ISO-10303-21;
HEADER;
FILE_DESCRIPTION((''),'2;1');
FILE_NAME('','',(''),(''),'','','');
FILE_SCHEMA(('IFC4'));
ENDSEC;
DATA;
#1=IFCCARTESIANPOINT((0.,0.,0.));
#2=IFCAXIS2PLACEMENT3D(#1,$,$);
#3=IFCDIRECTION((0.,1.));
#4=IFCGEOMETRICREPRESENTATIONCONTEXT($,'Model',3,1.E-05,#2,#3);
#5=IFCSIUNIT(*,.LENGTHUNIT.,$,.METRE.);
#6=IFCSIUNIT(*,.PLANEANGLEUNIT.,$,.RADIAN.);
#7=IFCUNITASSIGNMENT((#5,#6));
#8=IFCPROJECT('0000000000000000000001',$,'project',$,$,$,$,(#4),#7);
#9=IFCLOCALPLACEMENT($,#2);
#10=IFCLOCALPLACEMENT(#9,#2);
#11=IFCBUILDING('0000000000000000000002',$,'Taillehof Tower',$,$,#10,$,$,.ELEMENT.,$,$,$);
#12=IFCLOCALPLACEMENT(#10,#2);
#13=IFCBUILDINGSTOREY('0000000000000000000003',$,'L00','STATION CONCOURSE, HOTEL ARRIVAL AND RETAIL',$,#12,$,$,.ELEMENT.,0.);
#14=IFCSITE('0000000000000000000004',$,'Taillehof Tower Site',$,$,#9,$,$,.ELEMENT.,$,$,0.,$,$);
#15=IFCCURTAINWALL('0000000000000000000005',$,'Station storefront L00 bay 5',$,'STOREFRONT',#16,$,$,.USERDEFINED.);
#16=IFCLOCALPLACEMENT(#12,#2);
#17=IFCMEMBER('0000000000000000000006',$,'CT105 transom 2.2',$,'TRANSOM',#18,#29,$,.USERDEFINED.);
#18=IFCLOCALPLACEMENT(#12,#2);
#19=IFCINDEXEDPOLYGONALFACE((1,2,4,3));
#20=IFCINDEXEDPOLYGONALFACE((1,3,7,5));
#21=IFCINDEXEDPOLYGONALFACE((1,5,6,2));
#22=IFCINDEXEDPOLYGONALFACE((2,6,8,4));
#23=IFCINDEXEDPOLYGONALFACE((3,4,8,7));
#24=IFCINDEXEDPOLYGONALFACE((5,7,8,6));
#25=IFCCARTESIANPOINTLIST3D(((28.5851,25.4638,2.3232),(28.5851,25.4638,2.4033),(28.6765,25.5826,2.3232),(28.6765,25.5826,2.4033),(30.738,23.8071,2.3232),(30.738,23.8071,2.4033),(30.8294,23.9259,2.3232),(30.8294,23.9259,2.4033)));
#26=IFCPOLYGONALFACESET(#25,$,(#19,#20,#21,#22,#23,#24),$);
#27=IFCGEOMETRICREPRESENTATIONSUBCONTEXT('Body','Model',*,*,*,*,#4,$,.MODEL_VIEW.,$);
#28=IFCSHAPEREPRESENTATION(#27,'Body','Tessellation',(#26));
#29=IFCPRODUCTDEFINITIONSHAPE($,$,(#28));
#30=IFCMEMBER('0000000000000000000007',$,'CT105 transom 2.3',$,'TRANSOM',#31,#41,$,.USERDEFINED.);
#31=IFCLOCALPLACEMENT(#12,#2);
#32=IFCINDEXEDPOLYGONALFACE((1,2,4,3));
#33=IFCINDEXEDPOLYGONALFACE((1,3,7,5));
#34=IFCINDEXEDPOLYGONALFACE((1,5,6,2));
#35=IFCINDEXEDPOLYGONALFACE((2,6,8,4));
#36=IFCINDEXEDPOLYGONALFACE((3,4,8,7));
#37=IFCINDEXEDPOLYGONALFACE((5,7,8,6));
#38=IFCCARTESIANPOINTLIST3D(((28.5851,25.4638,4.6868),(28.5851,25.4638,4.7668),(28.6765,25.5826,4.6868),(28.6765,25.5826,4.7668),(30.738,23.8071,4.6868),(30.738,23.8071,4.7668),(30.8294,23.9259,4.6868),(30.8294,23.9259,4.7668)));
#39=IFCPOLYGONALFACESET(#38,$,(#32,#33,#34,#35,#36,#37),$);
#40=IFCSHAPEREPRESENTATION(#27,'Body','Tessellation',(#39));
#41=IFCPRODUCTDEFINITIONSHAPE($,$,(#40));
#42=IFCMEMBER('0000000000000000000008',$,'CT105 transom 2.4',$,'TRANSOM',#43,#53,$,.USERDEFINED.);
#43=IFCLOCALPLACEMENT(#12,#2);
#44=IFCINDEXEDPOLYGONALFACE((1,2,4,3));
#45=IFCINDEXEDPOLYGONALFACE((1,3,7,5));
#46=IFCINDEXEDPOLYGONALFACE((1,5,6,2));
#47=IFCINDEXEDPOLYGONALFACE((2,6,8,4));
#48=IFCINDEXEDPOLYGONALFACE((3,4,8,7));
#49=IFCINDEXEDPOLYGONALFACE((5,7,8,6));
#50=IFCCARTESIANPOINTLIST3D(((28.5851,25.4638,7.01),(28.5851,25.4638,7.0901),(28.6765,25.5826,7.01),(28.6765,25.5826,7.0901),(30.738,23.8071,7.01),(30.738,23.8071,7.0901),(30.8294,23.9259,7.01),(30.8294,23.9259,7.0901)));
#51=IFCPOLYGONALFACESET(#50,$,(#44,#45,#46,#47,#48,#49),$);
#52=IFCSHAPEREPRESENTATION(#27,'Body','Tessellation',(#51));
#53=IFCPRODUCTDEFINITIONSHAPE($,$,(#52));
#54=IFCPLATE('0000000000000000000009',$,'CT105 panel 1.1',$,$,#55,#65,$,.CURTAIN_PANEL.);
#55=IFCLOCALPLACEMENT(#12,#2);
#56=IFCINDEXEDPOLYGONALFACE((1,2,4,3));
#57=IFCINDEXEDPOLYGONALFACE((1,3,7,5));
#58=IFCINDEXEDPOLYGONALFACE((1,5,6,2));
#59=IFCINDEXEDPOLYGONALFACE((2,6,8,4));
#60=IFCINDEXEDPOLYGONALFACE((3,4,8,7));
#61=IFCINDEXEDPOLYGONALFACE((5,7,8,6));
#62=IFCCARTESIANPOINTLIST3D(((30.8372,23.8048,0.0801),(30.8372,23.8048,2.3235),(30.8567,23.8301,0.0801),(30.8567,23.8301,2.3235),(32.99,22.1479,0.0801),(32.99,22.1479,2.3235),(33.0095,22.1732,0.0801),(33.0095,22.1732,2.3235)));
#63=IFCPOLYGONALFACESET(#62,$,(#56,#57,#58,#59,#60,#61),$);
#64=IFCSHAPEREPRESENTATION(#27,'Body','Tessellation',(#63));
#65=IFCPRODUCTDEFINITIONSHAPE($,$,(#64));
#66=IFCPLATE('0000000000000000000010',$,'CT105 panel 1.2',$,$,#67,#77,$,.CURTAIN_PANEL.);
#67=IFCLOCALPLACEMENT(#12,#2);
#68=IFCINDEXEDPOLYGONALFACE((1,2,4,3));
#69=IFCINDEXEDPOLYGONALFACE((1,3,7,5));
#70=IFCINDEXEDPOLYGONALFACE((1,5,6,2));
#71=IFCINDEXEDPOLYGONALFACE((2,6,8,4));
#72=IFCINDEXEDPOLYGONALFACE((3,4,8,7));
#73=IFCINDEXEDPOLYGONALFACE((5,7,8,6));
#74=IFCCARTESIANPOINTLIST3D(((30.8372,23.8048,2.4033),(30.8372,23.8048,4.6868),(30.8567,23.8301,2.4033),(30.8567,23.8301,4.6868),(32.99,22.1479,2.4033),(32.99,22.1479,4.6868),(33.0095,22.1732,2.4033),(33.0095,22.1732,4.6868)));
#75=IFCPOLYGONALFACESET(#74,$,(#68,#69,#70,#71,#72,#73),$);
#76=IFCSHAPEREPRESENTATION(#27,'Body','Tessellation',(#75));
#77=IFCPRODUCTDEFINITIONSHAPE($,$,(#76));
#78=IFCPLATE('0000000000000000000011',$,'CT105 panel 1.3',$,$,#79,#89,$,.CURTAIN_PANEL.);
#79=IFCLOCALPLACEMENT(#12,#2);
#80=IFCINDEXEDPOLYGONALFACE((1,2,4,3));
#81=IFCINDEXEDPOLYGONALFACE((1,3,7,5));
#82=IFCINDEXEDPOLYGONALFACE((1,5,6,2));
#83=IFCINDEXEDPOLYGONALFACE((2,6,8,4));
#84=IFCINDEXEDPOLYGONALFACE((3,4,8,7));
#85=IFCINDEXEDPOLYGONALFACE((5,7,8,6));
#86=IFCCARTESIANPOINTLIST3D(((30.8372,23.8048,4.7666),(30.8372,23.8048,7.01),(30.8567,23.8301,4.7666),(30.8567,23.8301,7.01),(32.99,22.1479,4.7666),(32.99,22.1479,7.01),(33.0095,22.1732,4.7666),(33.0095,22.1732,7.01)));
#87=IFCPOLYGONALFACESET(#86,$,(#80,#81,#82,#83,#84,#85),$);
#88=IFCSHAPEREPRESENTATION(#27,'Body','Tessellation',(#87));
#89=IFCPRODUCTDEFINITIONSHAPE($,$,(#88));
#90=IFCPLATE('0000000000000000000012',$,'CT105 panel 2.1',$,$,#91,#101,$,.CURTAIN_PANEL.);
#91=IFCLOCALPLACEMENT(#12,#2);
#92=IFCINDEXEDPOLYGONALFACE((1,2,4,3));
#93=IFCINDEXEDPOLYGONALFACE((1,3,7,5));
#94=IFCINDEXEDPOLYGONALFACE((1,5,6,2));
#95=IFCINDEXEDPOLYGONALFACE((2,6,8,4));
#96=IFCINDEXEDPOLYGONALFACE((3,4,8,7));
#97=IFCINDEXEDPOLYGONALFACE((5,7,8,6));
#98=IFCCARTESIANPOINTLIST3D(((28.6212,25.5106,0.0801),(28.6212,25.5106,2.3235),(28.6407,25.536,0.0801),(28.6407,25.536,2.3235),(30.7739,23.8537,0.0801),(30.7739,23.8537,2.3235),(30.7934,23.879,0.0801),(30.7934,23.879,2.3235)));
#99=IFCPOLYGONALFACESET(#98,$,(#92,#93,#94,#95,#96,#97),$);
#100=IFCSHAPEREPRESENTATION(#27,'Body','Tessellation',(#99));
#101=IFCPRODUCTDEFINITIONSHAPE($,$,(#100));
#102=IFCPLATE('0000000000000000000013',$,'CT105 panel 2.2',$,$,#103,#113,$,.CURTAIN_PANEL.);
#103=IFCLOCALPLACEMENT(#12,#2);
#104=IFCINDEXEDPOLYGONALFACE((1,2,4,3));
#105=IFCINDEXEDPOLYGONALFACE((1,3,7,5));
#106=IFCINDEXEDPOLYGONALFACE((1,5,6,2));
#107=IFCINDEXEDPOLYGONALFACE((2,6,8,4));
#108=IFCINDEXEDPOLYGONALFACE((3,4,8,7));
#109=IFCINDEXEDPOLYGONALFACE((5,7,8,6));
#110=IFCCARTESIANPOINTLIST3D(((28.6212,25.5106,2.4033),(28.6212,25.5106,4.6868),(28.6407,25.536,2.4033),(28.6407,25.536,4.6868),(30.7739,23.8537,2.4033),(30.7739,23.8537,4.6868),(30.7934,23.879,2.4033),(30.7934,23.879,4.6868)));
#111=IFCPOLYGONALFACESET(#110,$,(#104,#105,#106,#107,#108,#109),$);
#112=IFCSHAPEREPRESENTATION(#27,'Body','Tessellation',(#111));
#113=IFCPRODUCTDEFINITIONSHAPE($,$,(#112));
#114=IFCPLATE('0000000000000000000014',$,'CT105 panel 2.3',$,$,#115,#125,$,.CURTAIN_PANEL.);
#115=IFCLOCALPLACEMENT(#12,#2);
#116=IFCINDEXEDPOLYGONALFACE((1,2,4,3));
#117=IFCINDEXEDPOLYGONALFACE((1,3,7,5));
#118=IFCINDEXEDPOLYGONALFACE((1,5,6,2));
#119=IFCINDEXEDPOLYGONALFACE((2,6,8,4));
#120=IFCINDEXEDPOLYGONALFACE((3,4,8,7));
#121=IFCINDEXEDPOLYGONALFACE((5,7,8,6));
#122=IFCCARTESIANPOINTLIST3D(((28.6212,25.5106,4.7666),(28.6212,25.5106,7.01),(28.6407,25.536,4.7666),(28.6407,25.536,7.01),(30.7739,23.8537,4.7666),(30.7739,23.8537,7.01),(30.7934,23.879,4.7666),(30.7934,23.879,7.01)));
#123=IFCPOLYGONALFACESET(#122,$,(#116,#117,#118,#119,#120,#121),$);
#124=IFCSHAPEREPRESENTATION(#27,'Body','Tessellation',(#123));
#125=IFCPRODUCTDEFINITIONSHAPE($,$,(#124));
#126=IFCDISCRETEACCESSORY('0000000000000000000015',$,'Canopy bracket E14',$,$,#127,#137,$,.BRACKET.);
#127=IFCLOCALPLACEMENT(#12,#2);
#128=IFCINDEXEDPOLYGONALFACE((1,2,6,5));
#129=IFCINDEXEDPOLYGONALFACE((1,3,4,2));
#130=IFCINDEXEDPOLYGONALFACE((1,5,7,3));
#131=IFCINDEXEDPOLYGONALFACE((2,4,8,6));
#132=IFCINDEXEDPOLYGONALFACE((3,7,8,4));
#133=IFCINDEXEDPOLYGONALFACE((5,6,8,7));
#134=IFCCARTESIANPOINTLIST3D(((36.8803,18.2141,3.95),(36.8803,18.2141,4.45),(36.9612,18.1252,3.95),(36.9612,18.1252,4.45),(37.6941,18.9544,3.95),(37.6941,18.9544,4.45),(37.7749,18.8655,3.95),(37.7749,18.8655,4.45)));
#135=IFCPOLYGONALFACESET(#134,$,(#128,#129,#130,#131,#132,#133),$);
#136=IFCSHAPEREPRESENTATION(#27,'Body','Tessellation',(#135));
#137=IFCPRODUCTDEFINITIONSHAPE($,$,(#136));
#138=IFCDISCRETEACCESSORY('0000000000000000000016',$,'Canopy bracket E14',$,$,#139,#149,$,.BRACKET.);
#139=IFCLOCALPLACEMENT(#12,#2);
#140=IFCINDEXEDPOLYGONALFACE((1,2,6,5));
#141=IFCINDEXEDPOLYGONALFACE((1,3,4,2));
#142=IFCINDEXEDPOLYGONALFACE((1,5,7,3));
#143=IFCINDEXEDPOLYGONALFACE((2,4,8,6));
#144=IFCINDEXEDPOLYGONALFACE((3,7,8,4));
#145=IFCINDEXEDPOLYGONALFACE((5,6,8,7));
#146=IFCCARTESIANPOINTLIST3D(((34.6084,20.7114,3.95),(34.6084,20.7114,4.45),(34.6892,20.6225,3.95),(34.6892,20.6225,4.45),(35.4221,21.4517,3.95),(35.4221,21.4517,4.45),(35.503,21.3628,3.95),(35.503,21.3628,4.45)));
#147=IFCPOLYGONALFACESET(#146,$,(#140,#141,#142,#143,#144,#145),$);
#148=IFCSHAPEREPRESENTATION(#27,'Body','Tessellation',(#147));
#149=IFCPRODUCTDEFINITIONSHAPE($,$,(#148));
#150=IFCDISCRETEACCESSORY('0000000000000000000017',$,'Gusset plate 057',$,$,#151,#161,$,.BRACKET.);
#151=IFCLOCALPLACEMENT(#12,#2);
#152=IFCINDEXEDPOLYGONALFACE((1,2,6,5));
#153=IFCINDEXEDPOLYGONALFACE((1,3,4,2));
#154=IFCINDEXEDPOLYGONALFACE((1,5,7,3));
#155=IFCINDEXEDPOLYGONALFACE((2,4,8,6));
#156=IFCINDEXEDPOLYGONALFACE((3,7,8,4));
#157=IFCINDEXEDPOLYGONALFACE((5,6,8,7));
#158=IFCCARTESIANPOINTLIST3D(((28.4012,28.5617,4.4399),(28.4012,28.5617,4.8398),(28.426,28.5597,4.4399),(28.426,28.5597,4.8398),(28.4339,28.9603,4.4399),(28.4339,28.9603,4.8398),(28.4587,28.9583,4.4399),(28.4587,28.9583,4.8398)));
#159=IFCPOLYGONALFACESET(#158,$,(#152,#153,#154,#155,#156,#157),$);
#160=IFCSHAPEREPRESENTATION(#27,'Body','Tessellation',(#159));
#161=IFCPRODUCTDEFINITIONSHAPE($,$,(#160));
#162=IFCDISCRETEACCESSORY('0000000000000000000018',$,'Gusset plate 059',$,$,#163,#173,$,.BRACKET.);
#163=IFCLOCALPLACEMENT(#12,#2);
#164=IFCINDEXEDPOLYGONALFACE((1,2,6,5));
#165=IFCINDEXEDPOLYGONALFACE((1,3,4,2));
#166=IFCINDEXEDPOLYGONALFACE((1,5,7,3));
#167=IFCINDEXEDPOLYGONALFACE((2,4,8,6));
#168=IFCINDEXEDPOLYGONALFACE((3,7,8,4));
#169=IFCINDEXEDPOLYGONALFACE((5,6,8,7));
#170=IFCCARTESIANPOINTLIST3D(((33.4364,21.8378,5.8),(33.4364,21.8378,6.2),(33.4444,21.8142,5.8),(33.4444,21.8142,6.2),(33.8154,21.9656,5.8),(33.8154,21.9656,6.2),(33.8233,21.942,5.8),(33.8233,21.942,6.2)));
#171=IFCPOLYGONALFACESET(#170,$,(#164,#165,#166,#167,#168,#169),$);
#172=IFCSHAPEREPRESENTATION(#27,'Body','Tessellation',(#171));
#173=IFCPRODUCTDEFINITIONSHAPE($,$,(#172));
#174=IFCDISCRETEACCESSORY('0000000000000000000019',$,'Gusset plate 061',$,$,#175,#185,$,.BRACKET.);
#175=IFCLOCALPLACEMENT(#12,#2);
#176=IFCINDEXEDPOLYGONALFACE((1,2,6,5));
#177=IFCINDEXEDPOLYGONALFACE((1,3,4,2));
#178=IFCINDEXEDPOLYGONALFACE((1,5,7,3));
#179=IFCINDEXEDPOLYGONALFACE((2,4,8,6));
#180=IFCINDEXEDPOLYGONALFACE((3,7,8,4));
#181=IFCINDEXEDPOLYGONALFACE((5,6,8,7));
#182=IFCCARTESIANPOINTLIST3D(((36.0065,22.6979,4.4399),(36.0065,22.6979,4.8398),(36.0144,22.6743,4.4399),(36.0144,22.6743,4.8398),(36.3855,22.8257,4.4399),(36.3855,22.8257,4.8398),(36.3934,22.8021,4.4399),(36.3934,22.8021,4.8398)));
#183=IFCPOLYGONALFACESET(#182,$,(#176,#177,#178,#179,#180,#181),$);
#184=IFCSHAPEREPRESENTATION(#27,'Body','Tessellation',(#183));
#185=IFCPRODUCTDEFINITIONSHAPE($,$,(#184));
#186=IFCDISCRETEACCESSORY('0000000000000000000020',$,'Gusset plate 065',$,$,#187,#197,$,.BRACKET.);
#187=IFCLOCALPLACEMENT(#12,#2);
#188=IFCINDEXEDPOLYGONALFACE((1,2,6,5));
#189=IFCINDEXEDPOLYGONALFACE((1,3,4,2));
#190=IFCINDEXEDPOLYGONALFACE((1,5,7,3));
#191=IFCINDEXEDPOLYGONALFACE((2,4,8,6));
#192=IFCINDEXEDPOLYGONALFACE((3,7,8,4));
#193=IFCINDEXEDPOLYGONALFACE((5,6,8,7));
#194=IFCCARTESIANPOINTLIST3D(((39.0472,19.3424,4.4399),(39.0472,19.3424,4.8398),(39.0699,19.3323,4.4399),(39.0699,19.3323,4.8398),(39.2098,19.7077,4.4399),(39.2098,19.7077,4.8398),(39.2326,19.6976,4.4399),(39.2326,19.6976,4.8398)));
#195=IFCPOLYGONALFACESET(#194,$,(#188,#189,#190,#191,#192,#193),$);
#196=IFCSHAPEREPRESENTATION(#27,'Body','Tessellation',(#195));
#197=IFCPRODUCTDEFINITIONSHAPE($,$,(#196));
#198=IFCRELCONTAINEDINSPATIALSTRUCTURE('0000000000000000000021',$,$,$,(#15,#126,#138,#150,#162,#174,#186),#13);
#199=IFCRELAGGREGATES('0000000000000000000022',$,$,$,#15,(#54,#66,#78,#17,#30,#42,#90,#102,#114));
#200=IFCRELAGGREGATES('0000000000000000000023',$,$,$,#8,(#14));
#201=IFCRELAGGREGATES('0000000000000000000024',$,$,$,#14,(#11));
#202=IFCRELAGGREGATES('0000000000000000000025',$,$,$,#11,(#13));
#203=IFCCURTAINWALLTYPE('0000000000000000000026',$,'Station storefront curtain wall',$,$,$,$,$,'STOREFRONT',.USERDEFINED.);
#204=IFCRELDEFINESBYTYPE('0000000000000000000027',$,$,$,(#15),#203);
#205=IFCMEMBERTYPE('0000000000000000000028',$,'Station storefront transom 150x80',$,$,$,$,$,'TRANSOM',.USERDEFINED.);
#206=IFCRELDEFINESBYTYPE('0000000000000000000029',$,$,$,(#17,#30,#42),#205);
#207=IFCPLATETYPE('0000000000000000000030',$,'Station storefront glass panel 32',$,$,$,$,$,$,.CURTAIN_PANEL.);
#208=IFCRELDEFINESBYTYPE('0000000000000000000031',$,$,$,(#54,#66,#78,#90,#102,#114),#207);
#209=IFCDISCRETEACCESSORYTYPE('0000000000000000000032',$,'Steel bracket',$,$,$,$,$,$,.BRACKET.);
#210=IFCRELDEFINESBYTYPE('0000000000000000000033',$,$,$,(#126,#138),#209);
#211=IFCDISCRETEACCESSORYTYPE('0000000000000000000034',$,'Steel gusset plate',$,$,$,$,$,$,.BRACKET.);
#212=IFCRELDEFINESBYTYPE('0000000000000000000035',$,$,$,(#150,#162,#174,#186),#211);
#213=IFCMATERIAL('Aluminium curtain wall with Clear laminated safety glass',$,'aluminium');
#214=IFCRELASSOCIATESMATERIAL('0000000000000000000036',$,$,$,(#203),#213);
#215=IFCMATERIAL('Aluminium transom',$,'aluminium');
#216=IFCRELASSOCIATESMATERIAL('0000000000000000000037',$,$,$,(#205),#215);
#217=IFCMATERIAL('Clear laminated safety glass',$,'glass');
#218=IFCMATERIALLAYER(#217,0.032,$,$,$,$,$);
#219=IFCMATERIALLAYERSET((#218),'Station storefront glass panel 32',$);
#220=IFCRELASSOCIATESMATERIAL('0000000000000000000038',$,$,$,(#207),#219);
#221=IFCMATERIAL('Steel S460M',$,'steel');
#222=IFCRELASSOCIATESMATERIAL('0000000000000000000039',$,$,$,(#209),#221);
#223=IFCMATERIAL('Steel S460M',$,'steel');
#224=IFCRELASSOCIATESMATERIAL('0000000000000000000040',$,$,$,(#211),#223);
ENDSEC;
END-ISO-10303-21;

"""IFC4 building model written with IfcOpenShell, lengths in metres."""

from ifc_helpers import new_model, si_unit, direction, frame, origin, origin_2d, place, context, subcontext, project, spatial, rectangle, extrude, material, layer, layer_set, material_profile, profile_set, type_object, element, aggregate, save


model = new_model("IFC4")

# Units and contexts
model_context = context("Model", 3, precision=1e-05, world=origin(), true_north=direction((0.0, 1.0)))
body_context = subcontext(model_context, "Body", "Model", "MODEL_VIEW")
ifc_project = project(units=[si_unit("LENGTHUNIT", "METRE"), si_unit("PLANEANGLEUNIT", "RADIAN")], contexts=[model_context])

# Site, building, storey
site_placement = place(None, origin())
site = spatial("IfcSite", under=ifc_project, at=site_placement, Name="Taillehof Tower Site", CompositionType="ELEMENT", RefElevation=0.0)
building_placement = place(site_placement, origin())
building = spatial("IfcBuilding", under=site, at=building_placement, Name="Taillehof Tower", CompositionType="ELEMENT")
storey_placement = place(building_placement, origin())
storey = spatial("IfcBuildingStorey", under=building, at=storey_placement, Name="L00", Description="STATION CONCOURSE, HOTEL ARRIVAL AND RETAIL", CompositionType="ELEMENT", Elevation=0.0)

# Curtain wall, members, plates
ifc_material_1 = material(Name="Aluminium curtain wall with Clear laminated safety glass", Category="aluminium")
curtain_wall_type = type_object("IfcCurtainWallType", Name="Station storefront curtain wall", ElementType="STOREFRONT", PredefinedType="USERDEFINED", material=ifc_material_1)
curtain_wall_placement = place(storey_placement, origin())
curtain_wall = element("IfcCurtainWall", 1, at=curtain_wall_placement, inside=storey, type_object=curtain_wall_type, Name="Station storefront L00 bay 5", ObjectType="STOREFRONT", PredefinedType="USERDEFINED")
ifc_material_2 = material(Name="Aluminium transom", Category="aluminium")
ifc_material_profile_1 = material_profile(ifc_material_2, rectangle(XDim=0.1499, YDim=0.0801, at=origin_2d()), Name="AL 150x80")
ifc_profile_set_1 = profile_set([ifc_material_profile_1], Name="Aluminium transom")
member_type_1 = type_object("IfcMemberType", Name="Station storefront transom 150x80", ElementType="TRANSOM", PredefinedType="USERDEFINED", material=ifc_profile_set_1)
member_1_placement = place(storey_placement, frame((30.7837, 23.8665, 2.3633), z_axis=(-0.792497, 0.609876, 0.0), x_axis=(-0.609876, -0.792497, 0.0)))
member_1 = element("IfcMember", 2, at=member_1_placement, type_object=member_type_1, Name="CT105 transom 2.2", ObjectType="TRANSOM", PredefinedType="USERDEFINED", context=body_context, shape_type="SweptSolid", body=[
    extrude(rectangle(XDim=0.1499, YDim=0.0801, at=origin_2d()), origin(), (0.0, 0.0, 1.0), 2.7166),
])
member_2_placement = place(storey_placement, frame((30.7837, 23.8665, 4.7268), z_axis=(-0.792497, 0.609876, 0.0), x_axis=(-0.609876, -0.792497, 0.0)))
member_2 = element("IfcMember", 3, at=member_2_placement, type_object=member_type_1, Name="CT105 transom 2.3", ObjectType="TRANSOM", PredefinedType="USERDEFINED", context=body_context, shape_type="SweptSolid", body=[
    extrude(rectangle(XDim=0.1499, YDim=0.0801, at=origin_2d()), origin(), (0.0, 0.0, 1.0), 2.7166),
])
member_3_placement = place(storey_placement, frame((30.7837, 23.8665, 7.05), z_axis=(-0.792497, 0.609876, 0.0), x_axis=(-0.609876, -0.792497, 0.0)))
member_3 = element("IfcMember", 4, at=member_3_placement, type_object=member_type_1, Name="CT105 transom 2.4", ObjectType="TRANSOM", PredefinedType="USERDEFINED", context=body_context, shape_type="SweptSolid", body=[
    extrude(rectangle(XDim=0.1499, YDim=0.0801, at=origin_2d()), origin(), (0.0, 0.0, 1.0), 2.7166),
])
ifc_material_3 = material(Name="Clear laminated safety glass", Category="glass")
ifc_layer = layer(ifc_material_3, 0.032)
ifc_layer_set = layer_set([ifc_layer], Name="Station storefront glass panel 32")
plate_type = type_object("IfcPlateType", Name="Station storefront glass panel 32", PredefinedType="CURTAIN_PANEL", material=ifc_layer_set)
plate_1_placement = place(storey_placement, frame((31.9233, 22.989, 0.0801), z_axis=(0.0, 0.0, 1.0), x_axis=(-0.792454, 0.609932, 0.0)))
plate_1 = element("IfcPlate", 5, at=plate_1_placement, type_object=plate_type, Name="CT105 panel 1.1", PredefinedType="CURTAIN_PANEL", context=body_context, shape_type="SweptSolid", body=[
    extrude(rectangle(XDim=2.7166, YDim=0.032, at=origin_2d()), origin(), (0.0, 0.0, 1.0), 2.2434),
])
plate_2_placement = place(storey_placement, frame((31.9233, 22.989, 2.4033), z_axis=(0.0, 0.0, 1.0), x_axis=(-0.792454, 0.609932, 0.0)))
plate_2 = element("IfcPlate", 6, at=plate_2_placement, type_object=plate_type, Name="CT105 panel 1.2", PredefinedType="CURTAIN_PANEL", context=body_context, shape_type="SweptSolid", body=[
    extrude(rectangle(XDim=2.7166, YDim=0.032, at=origin_2d()), origin(), (0.0, 0.0, 1.0), 2.2834),
])
plate_3_placement = place(storey_placement, frame((31.9233, 22.989, 4.7666), z_axis=(0.0, 0.0, 1.0), x_axis=(-0.792454, 0.609932, 0.0)))
plate_3 = element("IfcPlate", 7, at=plate_3_placement, type_object=plate_type, Name="CT105 panel 1.3", PredefinedType="CURTAIN_PANEL", context=body_context, shape_type="SweptSolid", body=[
    extrude(rectangle(XDim=2.7166, YDim=0.032, at=origin_2d()), origin(), (0.0, 0.0, 1.0), 2.2434),
])
plate_4_placement = place(storey_placement, frame((29.7073, 24.6948, 0.0801), z_axis=(0.0, 0.0, 1.0), x_axis=(-0.792454, 0.609932, 0.0)))
plate_4 = element("IfcPlate", 8, at=plate_4_placement, type_object=plate_type, Name="CT105 panel 2.1", PredefinedType="CURTAIN_PANEL", context=body_context, shape_type="SweptSolid", body=[
    extrude(rectangle(XDim=2.7166, YDim=0.032, at=origin_2d()), origin(), (0.0, 0.0, 1.0), 2.2434),
])
plate_5_placement = place(storey_placement, frame((29.7073, 24.6948, 2.4033), z_axis=(0.0, 0.0, 1.0), x_axis=(-0.792454, 0.609932, 0.0)))
plate_5 = element("IfcPlate", 9, at=plate_5_placement, type_object=plate_type, Name="CT105 panel 2.2", PredefinedType="CURTAIN_PANEL", context=body_context, shape_type="SweptSolid", body=[
    extrude(rectangle(XDim=2.7166, YDim=0.032, at=origin_2d()), origin(), (0.0, 0.0, 1.0), 2.2834),
])
plate_6_placement = place(storey_placement, frame((29.7073, 24.6948, 4.7666), z_axis=(0.0, 0.0, 1.0), x_axis=(-0.792454, 0.609932, 0.0)))
plate_6 = element("IfcPlate", 10, at=plate_6_placement, type_object=plate_type, Name="CT105 panel 2.3", PredefinedType="CURTAIN_PANEL", context=body_context, shape_type="SweptSolid", body=[
    extrude(rectangle(XDim=2.7166, YDim=0.032, at=origin_2d()), origin(), (0.0, 0.0, 1.0), 2.2434),
])
aggregate(curtain_wall, [plate_1, plate_2, plate_3, member_1, member_2, member_3, plate_4, plate_5, plate_6])

# Discrete accessories
ifc_material_4 = material(Name="Steel S460M", Category="steel")
discrete_accessory_type_1 = type_object("IfcDiscreteAccessoryType", Name="Steel bracket", PredefinedType="BRACKET", material=ifc_material_4)
for number, where, z_axis, x_axis, name in (
    (11, (37.3276, 18.5398, 3.95), (0.0, 0.0, 1.0), (0.739707, 0.672929, 0.0), "Canopy bracket E14"),
    (12, (35.0557, 21.0371, 3.95), (0.0, 0.0, 1.0), (0.739707, 0.672929, 0.0), "Canopy bracket E14"),
):
    element("IfcDiscreteAccessory", number, at=place(storey_placement, frame(where, z_axis=z_axis, x_axis=x_axis)), inside=storey, type_object=discrete_accessory_type_1, Name=name, PredefinedType="BRACKET", context=body_context, shape_type="SweptSolid", body=[
        extrude(rectangle(XDim=1.1001, YDim=0.1201, at=origin_2d()), origin(), (0.0, 0.0, 1.0), 0.5),
    ])
ifc_material_5 = material(Name="Steel S460M", Category="steel")
discrete_accessory_type_2 = type_object("IfcDiscreteAccessoryType", Name="Steel gusset plate", PredefinedType="BRACKET", material=ifc_material_5)
for number, where, z_axis, x_axis, name in (
    (13, (28.4299, 28.76, 4.4399), (0.0, 0.0, 1.0), (-0.081679, -0.996659, 0.0), "Gusset plate 057"),
    (14, (33.6299, 21.8899, 5.8), (0.0, 0.0, 1.0), (-0.947626, -0.319383, 0.0), "Gusset plate 059"),
    (15, (36.2, 22.75, 4.4399), (0.0, 0.0, 1.0), (-0.947626, -0.319383, 0.0), "Gusset plate 061"),
    (16, (39.1399, 19.52, 4.4399), (0.0, 0.0, 1.0), (-0.406759, -0.913536, 0.0), "Gusset plate 065"),
):
    element("IfcDiscreteAccessory", number, at=place(storey_placement, frame(where, z_axis=z_axis, x_axis=x_axis)), inside=storey, type_object=discrete_accessory_type_2, Name=name, PredefinedType="BRACKET", context=body_context, shape_type="SweptSolid", body=[
        extrude(rectangle(XDim=0.3999, YDim=0.0249, at=origin_2d()), origin(), (0.0, 0.0, 1.0), 0.3999),
    ])

save(model, "model.ifc")
